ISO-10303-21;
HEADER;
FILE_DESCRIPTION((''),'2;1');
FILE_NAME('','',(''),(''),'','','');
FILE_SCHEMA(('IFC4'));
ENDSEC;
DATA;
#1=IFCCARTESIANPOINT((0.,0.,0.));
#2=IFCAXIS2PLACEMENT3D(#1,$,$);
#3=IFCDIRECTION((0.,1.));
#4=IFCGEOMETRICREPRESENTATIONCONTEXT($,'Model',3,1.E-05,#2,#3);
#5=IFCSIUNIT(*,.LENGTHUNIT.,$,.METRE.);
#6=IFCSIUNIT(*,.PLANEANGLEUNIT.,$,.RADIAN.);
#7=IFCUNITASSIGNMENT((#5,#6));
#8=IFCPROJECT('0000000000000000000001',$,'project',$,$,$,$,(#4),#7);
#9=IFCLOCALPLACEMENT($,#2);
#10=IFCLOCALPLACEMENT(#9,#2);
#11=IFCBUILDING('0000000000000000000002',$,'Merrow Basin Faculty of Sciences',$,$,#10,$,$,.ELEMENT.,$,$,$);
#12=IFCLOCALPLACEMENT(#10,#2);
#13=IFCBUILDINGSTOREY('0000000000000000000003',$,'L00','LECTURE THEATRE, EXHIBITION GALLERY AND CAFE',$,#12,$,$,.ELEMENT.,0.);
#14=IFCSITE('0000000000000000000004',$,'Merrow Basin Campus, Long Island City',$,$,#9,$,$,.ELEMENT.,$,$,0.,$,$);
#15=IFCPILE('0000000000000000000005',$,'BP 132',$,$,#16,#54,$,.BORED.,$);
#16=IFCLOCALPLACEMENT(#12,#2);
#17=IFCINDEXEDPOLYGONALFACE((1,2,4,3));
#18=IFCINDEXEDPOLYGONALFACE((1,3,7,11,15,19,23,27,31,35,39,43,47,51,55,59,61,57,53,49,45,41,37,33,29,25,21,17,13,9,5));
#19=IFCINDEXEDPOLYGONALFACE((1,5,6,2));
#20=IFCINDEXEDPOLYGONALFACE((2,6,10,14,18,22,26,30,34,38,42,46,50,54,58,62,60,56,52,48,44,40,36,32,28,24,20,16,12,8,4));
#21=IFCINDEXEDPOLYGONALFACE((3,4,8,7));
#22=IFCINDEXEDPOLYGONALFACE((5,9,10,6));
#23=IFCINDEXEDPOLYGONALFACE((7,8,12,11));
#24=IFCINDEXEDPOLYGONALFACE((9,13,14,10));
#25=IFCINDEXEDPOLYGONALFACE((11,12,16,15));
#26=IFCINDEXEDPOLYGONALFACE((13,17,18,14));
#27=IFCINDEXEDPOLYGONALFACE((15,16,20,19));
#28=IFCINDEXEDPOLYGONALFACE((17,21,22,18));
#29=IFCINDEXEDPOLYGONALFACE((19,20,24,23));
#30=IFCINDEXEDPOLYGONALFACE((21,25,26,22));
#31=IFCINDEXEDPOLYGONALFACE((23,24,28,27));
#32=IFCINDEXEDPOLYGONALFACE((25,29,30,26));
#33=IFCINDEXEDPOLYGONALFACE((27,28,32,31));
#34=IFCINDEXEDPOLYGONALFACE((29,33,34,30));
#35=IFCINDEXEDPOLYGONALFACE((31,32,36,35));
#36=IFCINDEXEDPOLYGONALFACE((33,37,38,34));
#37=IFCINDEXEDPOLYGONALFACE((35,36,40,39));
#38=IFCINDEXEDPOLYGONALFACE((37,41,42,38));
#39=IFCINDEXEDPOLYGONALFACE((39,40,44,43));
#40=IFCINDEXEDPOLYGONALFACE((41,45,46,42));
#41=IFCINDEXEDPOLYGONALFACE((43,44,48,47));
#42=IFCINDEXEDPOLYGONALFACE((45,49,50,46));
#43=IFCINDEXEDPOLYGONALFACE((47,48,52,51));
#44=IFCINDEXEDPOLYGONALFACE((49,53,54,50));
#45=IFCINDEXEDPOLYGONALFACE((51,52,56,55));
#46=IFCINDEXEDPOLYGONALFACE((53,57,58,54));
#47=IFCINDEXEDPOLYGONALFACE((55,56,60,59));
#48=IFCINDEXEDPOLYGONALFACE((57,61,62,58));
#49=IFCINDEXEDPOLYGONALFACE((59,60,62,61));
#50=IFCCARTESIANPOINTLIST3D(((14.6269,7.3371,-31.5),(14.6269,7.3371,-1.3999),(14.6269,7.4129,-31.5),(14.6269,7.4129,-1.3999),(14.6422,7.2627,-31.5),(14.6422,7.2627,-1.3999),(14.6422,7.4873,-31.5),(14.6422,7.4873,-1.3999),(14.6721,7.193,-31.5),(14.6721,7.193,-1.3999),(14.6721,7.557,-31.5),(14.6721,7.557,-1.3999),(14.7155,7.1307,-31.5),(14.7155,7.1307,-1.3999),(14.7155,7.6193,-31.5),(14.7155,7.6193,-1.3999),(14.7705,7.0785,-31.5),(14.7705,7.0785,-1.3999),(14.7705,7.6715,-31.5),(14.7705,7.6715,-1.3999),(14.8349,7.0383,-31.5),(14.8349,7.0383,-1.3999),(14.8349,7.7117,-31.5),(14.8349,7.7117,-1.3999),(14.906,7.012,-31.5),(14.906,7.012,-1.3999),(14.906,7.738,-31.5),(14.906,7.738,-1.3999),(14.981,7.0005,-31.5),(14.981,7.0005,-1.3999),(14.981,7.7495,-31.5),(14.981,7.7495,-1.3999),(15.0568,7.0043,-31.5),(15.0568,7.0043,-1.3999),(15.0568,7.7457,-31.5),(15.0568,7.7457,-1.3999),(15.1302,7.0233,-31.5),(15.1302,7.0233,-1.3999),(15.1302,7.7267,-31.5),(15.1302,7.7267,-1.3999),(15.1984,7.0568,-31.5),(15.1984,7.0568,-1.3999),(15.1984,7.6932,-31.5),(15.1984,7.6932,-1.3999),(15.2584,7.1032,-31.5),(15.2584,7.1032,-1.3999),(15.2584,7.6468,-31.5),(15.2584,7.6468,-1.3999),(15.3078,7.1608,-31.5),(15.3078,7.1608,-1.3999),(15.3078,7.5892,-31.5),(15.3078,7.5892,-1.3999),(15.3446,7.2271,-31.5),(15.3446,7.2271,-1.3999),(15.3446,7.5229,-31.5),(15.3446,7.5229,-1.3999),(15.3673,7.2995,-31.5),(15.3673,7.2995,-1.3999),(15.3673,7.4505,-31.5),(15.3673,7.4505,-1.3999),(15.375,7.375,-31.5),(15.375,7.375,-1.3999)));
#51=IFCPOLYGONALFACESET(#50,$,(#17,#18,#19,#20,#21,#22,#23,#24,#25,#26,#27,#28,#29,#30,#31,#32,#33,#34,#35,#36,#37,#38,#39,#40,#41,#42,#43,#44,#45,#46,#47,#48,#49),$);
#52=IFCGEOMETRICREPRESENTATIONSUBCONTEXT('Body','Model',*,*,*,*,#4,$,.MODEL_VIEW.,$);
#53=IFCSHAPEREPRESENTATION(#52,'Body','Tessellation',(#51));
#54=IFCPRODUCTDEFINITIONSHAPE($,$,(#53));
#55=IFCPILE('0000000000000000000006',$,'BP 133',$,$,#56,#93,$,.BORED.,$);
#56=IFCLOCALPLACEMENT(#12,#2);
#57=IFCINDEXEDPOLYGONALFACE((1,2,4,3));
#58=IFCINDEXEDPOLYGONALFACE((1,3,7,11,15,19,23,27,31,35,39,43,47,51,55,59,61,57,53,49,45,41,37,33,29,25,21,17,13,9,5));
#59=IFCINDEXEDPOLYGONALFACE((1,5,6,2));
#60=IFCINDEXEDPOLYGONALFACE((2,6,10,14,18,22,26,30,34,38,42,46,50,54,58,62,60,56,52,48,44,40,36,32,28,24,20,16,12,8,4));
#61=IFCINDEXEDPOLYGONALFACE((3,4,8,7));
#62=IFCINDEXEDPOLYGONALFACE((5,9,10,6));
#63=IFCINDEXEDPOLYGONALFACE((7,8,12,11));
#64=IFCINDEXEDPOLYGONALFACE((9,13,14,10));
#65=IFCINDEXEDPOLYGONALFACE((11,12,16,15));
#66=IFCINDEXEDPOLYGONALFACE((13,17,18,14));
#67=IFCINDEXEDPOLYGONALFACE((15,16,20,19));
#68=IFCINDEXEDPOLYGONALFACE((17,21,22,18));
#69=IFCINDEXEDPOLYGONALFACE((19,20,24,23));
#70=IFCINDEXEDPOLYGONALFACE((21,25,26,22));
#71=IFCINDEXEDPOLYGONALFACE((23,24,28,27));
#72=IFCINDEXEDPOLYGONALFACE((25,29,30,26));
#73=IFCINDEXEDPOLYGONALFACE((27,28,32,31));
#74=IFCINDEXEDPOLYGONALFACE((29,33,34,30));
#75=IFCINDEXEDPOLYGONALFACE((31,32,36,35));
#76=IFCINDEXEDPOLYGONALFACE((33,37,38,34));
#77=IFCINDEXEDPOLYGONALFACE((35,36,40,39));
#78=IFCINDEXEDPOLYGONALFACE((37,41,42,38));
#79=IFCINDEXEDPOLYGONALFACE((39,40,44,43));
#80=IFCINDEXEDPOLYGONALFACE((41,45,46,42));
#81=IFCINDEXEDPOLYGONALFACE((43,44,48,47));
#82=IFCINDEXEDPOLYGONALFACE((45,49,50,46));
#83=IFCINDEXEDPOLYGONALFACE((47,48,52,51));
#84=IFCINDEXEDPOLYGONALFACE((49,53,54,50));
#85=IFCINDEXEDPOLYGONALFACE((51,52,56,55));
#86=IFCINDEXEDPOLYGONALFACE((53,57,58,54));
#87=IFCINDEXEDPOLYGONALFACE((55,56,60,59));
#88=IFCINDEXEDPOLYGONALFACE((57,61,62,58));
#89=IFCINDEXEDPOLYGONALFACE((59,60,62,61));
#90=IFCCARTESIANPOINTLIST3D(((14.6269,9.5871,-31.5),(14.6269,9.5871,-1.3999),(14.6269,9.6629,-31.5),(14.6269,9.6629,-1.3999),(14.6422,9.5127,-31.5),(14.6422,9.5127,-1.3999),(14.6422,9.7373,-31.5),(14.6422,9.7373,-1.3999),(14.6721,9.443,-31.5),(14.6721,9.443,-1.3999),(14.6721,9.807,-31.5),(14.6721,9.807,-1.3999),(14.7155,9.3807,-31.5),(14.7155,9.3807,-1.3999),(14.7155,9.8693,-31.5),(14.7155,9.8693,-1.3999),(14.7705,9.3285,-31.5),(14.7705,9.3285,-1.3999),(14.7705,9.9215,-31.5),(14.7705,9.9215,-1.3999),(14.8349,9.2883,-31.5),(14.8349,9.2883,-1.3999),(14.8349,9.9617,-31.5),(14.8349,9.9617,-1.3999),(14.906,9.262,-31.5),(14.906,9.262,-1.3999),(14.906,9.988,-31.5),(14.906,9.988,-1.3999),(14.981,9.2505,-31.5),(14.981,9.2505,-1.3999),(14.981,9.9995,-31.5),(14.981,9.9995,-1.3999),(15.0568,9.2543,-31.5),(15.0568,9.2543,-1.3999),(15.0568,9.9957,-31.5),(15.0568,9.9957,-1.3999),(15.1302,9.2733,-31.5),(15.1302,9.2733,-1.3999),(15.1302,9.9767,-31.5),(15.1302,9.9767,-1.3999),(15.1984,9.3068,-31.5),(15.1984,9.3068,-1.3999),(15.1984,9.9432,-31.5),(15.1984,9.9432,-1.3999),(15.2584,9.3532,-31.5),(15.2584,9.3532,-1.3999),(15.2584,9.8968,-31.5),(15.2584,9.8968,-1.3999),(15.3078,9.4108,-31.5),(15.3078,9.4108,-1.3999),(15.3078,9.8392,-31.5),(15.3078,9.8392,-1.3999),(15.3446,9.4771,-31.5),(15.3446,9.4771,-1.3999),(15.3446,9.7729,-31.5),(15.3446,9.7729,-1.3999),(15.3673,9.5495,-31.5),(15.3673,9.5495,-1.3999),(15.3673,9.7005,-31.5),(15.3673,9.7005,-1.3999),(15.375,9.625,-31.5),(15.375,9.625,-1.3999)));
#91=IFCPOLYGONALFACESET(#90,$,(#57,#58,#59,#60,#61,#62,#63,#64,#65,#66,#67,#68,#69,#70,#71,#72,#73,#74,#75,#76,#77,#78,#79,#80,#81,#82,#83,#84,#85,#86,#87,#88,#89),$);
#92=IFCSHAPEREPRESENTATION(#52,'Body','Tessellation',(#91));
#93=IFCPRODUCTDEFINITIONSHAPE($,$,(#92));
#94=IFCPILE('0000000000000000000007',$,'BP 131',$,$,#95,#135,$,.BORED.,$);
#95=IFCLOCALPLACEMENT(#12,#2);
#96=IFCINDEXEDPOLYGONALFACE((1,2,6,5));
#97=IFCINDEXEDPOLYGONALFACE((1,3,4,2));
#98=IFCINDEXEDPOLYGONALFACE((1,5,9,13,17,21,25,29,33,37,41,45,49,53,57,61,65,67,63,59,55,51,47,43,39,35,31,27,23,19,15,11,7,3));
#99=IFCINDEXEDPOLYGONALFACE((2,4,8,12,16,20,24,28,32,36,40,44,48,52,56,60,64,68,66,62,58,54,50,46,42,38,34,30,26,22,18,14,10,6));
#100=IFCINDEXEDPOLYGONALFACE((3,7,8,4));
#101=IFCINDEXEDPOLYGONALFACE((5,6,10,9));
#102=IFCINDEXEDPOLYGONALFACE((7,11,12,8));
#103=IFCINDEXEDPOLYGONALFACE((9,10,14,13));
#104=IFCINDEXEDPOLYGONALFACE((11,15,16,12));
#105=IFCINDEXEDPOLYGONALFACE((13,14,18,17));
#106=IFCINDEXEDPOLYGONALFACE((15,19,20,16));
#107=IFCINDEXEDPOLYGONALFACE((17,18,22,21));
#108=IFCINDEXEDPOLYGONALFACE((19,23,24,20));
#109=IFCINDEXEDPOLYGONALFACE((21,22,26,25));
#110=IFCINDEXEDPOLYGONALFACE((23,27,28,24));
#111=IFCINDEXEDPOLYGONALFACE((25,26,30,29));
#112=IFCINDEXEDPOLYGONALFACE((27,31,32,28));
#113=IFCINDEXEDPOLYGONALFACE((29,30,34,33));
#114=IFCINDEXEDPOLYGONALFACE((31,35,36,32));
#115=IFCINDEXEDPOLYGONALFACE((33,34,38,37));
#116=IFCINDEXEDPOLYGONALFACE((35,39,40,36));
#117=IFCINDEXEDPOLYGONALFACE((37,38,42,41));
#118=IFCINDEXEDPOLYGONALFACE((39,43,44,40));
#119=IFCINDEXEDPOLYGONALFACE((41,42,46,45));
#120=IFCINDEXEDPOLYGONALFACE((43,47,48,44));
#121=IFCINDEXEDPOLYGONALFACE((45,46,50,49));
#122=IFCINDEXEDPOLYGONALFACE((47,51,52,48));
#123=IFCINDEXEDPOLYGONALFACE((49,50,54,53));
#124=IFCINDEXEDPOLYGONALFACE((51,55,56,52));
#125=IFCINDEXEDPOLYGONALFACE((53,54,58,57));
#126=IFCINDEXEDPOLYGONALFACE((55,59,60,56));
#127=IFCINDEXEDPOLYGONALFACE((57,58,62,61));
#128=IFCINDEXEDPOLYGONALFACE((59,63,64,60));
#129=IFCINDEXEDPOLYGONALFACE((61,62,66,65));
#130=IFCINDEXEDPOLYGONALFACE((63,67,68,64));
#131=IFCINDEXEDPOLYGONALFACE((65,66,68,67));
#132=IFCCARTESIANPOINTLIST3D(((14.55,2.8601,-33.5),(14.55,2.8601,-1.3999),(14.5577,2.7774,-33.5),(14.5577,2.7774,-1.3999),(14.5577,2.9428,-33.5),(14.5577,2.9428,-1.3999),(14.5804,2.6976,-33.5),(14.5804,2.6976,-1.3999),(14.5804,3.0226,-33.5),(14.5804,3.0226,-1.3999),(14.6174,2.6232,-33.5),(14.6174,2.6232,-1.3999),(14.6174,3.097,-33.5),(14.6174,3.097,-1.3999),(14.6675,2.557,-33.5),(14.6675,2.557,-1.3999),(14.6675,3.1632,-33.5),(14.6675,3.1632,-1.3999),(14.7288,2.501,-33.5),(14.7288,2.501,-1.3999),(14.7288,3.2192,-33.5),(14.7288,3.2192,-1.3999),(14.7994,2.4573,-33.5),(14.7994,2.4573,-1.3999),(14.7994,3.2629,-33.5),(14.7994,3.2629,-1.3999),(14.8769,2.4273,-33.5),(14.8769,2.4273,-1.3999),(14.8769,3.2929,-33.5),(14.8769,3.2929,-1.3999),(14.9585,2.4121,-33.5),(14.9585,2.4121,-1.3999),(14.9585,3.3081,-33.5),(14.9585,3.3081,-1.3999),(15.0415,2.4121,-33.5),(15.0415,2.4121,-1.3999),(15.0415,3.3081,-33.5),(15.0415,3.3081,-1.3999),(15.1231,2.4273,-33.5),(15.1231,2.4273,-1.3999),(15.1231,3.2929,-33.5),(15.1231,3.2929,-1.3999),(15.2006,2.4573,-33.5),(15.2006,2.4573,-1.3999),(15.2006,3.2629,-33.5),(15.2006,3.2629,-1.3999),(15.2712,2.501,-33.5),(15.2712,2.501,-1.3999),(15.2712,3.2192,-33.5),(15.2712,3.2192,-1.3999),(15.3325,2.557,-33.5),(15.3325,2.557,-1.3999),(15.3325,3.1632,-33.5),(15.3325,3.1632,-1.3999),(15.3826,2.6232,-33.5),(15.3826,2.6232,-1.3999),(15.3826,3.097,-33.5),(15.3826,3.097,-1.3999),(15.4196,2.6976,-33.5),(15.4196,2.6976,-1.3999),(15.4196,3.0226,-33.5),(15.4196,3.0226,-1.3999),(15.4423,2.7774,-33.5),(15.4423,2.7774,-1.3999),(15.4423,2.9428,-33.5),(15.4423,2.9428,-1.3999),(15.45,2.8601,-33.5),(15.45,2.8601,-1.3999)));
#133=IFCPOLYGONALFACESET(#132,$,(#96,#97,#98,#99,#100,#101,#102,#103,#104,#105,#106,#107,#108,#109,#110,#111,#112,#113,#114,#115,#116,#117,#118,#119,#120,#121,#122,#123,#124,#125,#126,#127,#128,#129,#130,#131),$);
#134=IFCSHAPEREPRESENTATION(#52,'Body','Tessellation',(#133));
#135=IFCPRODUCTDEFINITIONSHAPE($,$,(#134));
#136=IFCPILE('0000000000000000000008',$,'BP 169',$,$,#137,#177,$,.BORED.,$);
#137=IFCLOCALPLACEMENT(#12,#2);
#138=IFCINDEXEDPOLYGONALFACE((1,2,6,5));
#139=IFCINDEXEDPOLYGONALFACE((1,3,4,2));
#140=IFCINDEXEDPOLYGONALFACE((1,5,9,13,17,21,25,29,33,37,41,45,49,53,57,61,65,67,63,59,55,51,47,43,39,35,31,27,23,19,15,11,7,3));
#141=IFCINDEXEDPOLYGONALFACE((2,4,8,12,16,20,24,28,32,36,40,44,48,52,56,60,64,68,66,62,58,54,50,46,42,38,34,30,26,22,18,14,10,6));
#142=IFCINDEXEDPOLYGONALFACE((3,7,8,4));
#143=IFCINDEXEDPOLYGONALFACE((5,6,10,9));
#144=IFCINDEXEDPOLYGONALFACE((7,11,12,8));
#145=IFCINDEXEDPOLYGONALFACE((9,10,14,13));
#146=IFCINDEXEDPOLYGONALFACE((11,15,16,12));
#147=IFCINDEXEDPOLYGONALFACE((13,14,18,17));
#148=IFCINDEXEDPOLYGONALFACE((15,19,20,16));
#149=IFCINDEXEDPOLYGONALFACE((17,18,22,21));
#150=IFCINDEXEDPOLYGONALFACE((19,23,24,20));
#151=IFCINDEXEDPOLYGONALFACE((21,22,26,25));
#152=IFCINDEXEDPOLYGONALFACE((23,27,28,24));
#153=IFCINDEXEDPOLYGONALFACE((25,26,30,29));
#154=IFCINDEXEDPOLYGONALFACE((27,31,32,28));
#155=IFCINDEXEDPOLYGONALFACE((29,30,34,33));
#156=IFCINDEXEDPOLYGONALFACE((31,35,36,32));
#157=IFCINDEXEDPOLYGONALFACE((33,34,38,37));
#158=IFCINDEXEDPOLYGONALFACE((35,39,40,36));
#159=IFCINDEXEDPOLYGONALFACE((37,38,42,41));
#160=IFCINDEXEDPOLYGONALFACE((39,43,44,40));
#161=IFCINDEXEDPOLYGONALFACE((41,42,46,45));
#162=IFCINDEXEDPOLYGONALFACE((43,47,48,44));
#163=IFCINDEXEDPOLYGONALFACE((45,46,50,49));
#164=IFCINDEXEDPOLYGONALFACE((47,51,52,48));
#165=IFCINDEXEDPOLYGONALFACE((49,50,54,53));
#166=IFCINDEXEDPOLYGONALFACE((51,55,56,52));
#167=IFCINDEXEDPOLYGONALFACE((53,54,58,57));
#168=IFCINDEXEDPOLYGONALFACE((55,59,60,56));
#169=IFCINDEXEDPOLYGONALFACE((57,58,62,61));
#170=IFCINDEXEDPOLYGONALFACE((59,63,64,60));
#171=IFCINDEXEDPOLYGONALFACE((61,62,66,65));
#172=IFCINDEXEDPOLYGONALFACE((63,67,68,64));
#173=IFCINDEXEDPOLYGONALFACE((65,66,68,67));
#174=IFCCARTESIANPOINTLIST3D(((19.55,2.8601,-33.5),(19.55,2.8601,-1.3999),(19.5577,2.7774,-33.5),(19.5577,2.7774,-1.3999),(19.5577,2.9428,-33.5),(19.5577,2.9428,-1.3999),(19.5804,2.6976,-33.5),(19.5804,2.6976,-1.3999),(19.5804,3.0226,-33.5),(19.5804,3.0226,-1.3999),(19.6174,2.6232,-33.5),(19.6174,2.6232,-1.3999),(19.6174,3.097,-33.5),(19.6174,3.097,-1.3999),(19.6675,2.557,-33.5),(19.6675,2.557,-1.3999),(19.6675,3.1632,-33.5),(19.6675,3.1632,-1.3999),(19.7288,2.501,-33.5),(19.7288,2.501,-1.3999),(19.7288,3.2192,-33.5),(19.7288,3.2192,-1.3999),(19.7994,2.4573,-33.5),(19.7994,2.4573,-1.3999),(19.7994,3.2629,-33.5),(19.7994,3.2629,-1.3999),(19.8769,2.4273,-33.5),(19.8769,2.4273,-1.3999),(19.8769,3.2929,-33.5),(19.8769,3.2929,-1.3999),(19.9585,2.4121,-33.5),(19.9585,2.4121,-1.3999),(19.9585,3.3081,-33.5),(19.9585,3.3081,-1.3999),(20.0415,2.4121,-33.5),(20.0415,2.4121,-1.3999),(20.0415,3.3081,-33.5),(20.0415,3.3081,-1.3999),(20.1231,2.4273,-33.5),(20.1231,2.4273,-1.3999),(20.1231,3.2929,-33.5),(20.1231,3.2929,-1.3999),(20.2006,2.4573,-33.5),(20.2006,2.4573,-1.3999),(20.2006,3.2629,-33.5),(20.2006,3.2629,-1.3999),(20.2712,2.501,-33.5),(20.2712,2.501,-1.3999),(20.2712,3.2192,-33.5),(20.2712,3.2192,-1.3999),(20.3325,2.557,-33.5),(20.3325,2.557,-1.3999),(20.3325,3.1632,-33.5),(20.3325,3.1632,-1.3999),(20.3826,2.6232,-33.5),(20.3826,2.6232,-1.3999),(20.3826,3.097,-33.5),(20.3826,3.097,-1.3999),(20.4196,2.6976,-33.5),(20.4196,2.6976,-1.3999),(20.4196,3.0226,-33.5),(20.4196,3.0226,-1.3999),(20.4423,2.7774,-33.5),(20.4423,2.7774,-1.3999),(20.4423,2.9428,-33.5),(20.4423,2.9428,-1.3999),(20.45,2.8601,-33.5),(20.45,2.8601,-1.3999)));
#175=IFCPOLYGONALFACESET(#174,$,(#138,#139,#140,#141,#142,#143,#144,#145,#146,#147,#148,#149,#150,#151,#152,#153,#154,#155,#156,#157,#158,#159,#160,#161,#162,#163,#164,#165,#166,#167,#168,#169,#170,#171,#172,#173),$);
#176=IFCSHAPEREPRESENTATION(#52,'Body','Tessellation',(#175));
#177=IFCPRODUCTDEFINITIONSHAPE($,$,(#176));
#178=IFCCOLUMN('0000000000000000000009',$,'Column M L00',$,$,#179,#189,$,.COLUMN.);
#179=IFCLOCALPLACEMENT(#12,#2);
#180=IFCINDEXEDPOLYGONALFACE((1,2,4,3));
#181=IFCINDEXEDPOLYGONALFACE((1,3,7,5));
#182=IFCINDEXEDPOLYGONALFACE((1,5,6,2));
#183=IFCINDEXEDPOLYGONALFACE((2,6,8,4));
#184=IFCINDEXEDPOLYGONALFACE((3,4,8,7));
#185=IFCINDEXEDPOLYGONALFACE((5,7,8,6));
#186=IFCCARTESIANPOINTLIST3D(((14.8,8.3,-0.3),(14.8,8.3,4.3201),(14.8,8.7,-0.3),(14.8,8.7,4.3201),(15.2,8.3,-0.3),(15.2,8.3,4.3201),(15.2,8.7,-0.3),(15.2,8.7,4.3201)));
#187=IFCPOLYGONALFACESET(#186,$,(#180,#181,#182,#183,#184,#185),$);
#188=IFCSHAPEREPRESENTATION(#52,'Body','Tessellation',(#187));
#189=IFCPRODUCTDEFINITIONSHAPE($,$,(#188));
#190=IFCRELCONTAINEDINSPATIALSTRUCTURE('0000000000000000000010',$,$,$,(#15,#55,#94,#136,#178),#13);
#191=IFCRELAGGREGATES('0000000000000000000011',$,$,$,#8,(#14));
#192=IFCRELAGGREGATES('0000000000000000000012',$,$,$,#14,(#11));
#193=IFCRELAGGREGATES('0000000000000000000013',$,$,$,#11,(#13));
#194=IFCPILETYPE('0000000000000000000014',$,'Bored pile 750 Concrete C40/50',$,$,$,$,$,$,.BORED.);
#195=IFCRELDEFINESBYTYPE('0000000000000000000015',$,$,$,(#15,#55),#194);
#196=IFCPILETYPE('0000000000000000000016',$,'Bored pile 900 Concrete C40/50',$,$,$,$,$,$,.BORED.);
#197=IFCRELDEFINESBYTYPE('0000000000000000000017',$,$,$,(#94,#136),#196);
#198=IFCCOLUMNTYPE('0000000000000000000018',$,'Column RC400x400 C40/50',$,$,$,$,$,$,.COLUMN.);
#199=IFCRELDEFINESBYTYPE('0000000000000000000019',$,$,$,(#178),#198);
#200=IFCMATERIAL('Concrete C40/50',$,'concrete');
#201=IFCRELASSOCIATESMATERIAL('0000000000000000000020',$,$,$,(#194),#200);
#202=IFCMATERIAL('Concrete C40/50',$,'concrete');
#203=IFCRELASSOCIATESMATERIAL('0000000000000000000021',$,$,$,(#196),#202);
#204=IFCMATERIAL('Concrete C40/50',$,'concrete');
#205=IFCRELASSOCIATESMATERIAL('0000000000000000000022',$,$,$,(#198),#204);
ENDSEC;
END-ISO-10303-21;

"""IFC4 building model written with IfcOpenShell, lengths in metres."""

from ifc_helpers import new_model, si_unit, direction, frame, origin, origin_2d, place, context, subcontext, project, spatial, rectangle, circle, extrude, material, material_profile, profile_set, type_object, element, save


model = new_model("IFC4")

# Units and contexts
model_context = context("Model", 3, precision=1e-05, world=origin(), true_north=direction((0.0, 1.0)))
body_context = subcontext(model_context, "Body", "Model", "MODEL_VIEW")
ifc_project = project(units=[si_unit("LENGTHUNIT", "METRE"), si_unit("PLANEANGLEUNIT", "RADIAN")], contexts=[model_context])

# Site, building, storey
site_placement = place(None, origin())
site = spatial("IfcSite", under=ifc_project, at=site_placement, Name="Merrow Basin Campus, Long Island City", CompositionType="ELEMENT", RefElevation=0.0)
building_placement = place(site_placement, origin())
building = spatial("IfcBuilding", under=site, at=building_placement, Name="Merrow Basin Faculty of Sciences", CompositionType="ELEMENT")
storey_placement = place(building_placement, origin())
storey = spatial("IfcBuildingStorey", under=building, at=storey_placement, Name="L00", Description="LECTURE THEATRE, EXHIBITION GALLERY AND CAFE", CompositionType="ELEMENT", Elevation=0.0)

# Piles
ifc_material_1 = material(Name="Concrete C40/50", Category="concrete")
ifc_material_profile_1 = material_profile(ifc_material_1, circle(Radius=0.375, at=origin_2d()))
ifc_profile_set_1 = profile_set([ifc_material_profile_1], Name="Concrete C40/50")
pile_type_1 = type_object("IfcPileType", Name="Bored pile 750 Concrete C40/50", PredefinedType="BORED", material=ifc_profile_set_1)
for number, where, z_axis, x_axis, name in (
    (1, (15.0, 7.375, -1.3999), (0.0, 0.0, -1.0), (1.0, 0.0, 0.0), "BP 132"),
    (2, (15.0, 9.625, -1.3999), (0.0, 0.0, -1.0), (1.0, 0.0, 0.0), "BP 133"),
):
    element("IfcPile", number, at=place(storey_placement, frame(where, z_axis=z_axis, x_axis=x_axis)), inside=storey, type_object=pile_type_1, Name=name, PredefinedType="BORED", context=body_context, shape_type="SweptSolid", body=[
        extrude(circle(Radius=0.375, at=origin_2d()), origin(), (0.0, 0.0, 1.0), 30.1001),
    ])
ifc_material_2 = material(Name="Concrete C40/50", Category="concrete")
ifc_material_profile_2 = material_profile(ifc_material_2, circle(Radius=0.45, at=origin_2d()))
ifc_profile_set_2 = profile_set([ifc_material_profile_2], Name="Concrete C40/50")
pile_type_2 = type_object("IfcPileType", Name="Bored pile 900 Concrete C40/50", PredefinedType="BORED", material=ifc_profile_set_2)
for number, where, z_axis, x_axis, name in (
    (3, (15.0, 2.8601, -1.3999), (0.0, 0.0, -1.0), (1.0, 0.0, 0.0), "BP 131"),
    (4, (20.0, 2.8601, -1.3999), (0.0, 0.0, -1.0), (1.0, 0.0, 0.0), "BP 169"),
):
    element("IfcPile", number, at=place(storey_placement, frame(where, z_axis=z_axis, x_axis=x_axis)), inside=storey, type_object=pile_type_2, Name=name, PredefinedType="BORED", context=body_context, shape_type="SweptSolid", body=[
        extrude(circle(Radius=0.45, at=origin_2d()), origin(), (0.0, 0.0, 1.0), 32.1001),
    ])

# Column
ifc_material_3 = material(Name="Concrete C40/50", Category="concrete")
ifc_material_profile_3 = material_profile(ifc_material_3, rectangle(XDim=0.3999, YDim=0.3999, at=origin_2d()))
ifc_profile_set_3 = profile_set([ifc_material_profile_3], Name="Concrete C40/50")
column_type_1 = type_object("IfcColumnType", Name="Column RC400x400 C40/50", PredefinedType="COLUMN", material=ifc_profile_set_3)
column_placement = place(storey_placement, frame((15.0, 8.5, -0.3), z_axis=(0.0, 0.0, 1.0), x_axis=(1.0, 0.0, 0.0)))
element("IfcColumn", 5, at=column_placement, inside=storey, type_object=column_type_1, Name="Column M L00", PredefinedType="COLUMN", context=body_context, shape_type="SweptSolid", body=[
    extrude(rectangle(XDim=0.3999, YDim=0.3999, at=origin_2d()), origin(), (0.0, 0.0, 1.0), 4.6201),
])

save(model, "model.ifc")
